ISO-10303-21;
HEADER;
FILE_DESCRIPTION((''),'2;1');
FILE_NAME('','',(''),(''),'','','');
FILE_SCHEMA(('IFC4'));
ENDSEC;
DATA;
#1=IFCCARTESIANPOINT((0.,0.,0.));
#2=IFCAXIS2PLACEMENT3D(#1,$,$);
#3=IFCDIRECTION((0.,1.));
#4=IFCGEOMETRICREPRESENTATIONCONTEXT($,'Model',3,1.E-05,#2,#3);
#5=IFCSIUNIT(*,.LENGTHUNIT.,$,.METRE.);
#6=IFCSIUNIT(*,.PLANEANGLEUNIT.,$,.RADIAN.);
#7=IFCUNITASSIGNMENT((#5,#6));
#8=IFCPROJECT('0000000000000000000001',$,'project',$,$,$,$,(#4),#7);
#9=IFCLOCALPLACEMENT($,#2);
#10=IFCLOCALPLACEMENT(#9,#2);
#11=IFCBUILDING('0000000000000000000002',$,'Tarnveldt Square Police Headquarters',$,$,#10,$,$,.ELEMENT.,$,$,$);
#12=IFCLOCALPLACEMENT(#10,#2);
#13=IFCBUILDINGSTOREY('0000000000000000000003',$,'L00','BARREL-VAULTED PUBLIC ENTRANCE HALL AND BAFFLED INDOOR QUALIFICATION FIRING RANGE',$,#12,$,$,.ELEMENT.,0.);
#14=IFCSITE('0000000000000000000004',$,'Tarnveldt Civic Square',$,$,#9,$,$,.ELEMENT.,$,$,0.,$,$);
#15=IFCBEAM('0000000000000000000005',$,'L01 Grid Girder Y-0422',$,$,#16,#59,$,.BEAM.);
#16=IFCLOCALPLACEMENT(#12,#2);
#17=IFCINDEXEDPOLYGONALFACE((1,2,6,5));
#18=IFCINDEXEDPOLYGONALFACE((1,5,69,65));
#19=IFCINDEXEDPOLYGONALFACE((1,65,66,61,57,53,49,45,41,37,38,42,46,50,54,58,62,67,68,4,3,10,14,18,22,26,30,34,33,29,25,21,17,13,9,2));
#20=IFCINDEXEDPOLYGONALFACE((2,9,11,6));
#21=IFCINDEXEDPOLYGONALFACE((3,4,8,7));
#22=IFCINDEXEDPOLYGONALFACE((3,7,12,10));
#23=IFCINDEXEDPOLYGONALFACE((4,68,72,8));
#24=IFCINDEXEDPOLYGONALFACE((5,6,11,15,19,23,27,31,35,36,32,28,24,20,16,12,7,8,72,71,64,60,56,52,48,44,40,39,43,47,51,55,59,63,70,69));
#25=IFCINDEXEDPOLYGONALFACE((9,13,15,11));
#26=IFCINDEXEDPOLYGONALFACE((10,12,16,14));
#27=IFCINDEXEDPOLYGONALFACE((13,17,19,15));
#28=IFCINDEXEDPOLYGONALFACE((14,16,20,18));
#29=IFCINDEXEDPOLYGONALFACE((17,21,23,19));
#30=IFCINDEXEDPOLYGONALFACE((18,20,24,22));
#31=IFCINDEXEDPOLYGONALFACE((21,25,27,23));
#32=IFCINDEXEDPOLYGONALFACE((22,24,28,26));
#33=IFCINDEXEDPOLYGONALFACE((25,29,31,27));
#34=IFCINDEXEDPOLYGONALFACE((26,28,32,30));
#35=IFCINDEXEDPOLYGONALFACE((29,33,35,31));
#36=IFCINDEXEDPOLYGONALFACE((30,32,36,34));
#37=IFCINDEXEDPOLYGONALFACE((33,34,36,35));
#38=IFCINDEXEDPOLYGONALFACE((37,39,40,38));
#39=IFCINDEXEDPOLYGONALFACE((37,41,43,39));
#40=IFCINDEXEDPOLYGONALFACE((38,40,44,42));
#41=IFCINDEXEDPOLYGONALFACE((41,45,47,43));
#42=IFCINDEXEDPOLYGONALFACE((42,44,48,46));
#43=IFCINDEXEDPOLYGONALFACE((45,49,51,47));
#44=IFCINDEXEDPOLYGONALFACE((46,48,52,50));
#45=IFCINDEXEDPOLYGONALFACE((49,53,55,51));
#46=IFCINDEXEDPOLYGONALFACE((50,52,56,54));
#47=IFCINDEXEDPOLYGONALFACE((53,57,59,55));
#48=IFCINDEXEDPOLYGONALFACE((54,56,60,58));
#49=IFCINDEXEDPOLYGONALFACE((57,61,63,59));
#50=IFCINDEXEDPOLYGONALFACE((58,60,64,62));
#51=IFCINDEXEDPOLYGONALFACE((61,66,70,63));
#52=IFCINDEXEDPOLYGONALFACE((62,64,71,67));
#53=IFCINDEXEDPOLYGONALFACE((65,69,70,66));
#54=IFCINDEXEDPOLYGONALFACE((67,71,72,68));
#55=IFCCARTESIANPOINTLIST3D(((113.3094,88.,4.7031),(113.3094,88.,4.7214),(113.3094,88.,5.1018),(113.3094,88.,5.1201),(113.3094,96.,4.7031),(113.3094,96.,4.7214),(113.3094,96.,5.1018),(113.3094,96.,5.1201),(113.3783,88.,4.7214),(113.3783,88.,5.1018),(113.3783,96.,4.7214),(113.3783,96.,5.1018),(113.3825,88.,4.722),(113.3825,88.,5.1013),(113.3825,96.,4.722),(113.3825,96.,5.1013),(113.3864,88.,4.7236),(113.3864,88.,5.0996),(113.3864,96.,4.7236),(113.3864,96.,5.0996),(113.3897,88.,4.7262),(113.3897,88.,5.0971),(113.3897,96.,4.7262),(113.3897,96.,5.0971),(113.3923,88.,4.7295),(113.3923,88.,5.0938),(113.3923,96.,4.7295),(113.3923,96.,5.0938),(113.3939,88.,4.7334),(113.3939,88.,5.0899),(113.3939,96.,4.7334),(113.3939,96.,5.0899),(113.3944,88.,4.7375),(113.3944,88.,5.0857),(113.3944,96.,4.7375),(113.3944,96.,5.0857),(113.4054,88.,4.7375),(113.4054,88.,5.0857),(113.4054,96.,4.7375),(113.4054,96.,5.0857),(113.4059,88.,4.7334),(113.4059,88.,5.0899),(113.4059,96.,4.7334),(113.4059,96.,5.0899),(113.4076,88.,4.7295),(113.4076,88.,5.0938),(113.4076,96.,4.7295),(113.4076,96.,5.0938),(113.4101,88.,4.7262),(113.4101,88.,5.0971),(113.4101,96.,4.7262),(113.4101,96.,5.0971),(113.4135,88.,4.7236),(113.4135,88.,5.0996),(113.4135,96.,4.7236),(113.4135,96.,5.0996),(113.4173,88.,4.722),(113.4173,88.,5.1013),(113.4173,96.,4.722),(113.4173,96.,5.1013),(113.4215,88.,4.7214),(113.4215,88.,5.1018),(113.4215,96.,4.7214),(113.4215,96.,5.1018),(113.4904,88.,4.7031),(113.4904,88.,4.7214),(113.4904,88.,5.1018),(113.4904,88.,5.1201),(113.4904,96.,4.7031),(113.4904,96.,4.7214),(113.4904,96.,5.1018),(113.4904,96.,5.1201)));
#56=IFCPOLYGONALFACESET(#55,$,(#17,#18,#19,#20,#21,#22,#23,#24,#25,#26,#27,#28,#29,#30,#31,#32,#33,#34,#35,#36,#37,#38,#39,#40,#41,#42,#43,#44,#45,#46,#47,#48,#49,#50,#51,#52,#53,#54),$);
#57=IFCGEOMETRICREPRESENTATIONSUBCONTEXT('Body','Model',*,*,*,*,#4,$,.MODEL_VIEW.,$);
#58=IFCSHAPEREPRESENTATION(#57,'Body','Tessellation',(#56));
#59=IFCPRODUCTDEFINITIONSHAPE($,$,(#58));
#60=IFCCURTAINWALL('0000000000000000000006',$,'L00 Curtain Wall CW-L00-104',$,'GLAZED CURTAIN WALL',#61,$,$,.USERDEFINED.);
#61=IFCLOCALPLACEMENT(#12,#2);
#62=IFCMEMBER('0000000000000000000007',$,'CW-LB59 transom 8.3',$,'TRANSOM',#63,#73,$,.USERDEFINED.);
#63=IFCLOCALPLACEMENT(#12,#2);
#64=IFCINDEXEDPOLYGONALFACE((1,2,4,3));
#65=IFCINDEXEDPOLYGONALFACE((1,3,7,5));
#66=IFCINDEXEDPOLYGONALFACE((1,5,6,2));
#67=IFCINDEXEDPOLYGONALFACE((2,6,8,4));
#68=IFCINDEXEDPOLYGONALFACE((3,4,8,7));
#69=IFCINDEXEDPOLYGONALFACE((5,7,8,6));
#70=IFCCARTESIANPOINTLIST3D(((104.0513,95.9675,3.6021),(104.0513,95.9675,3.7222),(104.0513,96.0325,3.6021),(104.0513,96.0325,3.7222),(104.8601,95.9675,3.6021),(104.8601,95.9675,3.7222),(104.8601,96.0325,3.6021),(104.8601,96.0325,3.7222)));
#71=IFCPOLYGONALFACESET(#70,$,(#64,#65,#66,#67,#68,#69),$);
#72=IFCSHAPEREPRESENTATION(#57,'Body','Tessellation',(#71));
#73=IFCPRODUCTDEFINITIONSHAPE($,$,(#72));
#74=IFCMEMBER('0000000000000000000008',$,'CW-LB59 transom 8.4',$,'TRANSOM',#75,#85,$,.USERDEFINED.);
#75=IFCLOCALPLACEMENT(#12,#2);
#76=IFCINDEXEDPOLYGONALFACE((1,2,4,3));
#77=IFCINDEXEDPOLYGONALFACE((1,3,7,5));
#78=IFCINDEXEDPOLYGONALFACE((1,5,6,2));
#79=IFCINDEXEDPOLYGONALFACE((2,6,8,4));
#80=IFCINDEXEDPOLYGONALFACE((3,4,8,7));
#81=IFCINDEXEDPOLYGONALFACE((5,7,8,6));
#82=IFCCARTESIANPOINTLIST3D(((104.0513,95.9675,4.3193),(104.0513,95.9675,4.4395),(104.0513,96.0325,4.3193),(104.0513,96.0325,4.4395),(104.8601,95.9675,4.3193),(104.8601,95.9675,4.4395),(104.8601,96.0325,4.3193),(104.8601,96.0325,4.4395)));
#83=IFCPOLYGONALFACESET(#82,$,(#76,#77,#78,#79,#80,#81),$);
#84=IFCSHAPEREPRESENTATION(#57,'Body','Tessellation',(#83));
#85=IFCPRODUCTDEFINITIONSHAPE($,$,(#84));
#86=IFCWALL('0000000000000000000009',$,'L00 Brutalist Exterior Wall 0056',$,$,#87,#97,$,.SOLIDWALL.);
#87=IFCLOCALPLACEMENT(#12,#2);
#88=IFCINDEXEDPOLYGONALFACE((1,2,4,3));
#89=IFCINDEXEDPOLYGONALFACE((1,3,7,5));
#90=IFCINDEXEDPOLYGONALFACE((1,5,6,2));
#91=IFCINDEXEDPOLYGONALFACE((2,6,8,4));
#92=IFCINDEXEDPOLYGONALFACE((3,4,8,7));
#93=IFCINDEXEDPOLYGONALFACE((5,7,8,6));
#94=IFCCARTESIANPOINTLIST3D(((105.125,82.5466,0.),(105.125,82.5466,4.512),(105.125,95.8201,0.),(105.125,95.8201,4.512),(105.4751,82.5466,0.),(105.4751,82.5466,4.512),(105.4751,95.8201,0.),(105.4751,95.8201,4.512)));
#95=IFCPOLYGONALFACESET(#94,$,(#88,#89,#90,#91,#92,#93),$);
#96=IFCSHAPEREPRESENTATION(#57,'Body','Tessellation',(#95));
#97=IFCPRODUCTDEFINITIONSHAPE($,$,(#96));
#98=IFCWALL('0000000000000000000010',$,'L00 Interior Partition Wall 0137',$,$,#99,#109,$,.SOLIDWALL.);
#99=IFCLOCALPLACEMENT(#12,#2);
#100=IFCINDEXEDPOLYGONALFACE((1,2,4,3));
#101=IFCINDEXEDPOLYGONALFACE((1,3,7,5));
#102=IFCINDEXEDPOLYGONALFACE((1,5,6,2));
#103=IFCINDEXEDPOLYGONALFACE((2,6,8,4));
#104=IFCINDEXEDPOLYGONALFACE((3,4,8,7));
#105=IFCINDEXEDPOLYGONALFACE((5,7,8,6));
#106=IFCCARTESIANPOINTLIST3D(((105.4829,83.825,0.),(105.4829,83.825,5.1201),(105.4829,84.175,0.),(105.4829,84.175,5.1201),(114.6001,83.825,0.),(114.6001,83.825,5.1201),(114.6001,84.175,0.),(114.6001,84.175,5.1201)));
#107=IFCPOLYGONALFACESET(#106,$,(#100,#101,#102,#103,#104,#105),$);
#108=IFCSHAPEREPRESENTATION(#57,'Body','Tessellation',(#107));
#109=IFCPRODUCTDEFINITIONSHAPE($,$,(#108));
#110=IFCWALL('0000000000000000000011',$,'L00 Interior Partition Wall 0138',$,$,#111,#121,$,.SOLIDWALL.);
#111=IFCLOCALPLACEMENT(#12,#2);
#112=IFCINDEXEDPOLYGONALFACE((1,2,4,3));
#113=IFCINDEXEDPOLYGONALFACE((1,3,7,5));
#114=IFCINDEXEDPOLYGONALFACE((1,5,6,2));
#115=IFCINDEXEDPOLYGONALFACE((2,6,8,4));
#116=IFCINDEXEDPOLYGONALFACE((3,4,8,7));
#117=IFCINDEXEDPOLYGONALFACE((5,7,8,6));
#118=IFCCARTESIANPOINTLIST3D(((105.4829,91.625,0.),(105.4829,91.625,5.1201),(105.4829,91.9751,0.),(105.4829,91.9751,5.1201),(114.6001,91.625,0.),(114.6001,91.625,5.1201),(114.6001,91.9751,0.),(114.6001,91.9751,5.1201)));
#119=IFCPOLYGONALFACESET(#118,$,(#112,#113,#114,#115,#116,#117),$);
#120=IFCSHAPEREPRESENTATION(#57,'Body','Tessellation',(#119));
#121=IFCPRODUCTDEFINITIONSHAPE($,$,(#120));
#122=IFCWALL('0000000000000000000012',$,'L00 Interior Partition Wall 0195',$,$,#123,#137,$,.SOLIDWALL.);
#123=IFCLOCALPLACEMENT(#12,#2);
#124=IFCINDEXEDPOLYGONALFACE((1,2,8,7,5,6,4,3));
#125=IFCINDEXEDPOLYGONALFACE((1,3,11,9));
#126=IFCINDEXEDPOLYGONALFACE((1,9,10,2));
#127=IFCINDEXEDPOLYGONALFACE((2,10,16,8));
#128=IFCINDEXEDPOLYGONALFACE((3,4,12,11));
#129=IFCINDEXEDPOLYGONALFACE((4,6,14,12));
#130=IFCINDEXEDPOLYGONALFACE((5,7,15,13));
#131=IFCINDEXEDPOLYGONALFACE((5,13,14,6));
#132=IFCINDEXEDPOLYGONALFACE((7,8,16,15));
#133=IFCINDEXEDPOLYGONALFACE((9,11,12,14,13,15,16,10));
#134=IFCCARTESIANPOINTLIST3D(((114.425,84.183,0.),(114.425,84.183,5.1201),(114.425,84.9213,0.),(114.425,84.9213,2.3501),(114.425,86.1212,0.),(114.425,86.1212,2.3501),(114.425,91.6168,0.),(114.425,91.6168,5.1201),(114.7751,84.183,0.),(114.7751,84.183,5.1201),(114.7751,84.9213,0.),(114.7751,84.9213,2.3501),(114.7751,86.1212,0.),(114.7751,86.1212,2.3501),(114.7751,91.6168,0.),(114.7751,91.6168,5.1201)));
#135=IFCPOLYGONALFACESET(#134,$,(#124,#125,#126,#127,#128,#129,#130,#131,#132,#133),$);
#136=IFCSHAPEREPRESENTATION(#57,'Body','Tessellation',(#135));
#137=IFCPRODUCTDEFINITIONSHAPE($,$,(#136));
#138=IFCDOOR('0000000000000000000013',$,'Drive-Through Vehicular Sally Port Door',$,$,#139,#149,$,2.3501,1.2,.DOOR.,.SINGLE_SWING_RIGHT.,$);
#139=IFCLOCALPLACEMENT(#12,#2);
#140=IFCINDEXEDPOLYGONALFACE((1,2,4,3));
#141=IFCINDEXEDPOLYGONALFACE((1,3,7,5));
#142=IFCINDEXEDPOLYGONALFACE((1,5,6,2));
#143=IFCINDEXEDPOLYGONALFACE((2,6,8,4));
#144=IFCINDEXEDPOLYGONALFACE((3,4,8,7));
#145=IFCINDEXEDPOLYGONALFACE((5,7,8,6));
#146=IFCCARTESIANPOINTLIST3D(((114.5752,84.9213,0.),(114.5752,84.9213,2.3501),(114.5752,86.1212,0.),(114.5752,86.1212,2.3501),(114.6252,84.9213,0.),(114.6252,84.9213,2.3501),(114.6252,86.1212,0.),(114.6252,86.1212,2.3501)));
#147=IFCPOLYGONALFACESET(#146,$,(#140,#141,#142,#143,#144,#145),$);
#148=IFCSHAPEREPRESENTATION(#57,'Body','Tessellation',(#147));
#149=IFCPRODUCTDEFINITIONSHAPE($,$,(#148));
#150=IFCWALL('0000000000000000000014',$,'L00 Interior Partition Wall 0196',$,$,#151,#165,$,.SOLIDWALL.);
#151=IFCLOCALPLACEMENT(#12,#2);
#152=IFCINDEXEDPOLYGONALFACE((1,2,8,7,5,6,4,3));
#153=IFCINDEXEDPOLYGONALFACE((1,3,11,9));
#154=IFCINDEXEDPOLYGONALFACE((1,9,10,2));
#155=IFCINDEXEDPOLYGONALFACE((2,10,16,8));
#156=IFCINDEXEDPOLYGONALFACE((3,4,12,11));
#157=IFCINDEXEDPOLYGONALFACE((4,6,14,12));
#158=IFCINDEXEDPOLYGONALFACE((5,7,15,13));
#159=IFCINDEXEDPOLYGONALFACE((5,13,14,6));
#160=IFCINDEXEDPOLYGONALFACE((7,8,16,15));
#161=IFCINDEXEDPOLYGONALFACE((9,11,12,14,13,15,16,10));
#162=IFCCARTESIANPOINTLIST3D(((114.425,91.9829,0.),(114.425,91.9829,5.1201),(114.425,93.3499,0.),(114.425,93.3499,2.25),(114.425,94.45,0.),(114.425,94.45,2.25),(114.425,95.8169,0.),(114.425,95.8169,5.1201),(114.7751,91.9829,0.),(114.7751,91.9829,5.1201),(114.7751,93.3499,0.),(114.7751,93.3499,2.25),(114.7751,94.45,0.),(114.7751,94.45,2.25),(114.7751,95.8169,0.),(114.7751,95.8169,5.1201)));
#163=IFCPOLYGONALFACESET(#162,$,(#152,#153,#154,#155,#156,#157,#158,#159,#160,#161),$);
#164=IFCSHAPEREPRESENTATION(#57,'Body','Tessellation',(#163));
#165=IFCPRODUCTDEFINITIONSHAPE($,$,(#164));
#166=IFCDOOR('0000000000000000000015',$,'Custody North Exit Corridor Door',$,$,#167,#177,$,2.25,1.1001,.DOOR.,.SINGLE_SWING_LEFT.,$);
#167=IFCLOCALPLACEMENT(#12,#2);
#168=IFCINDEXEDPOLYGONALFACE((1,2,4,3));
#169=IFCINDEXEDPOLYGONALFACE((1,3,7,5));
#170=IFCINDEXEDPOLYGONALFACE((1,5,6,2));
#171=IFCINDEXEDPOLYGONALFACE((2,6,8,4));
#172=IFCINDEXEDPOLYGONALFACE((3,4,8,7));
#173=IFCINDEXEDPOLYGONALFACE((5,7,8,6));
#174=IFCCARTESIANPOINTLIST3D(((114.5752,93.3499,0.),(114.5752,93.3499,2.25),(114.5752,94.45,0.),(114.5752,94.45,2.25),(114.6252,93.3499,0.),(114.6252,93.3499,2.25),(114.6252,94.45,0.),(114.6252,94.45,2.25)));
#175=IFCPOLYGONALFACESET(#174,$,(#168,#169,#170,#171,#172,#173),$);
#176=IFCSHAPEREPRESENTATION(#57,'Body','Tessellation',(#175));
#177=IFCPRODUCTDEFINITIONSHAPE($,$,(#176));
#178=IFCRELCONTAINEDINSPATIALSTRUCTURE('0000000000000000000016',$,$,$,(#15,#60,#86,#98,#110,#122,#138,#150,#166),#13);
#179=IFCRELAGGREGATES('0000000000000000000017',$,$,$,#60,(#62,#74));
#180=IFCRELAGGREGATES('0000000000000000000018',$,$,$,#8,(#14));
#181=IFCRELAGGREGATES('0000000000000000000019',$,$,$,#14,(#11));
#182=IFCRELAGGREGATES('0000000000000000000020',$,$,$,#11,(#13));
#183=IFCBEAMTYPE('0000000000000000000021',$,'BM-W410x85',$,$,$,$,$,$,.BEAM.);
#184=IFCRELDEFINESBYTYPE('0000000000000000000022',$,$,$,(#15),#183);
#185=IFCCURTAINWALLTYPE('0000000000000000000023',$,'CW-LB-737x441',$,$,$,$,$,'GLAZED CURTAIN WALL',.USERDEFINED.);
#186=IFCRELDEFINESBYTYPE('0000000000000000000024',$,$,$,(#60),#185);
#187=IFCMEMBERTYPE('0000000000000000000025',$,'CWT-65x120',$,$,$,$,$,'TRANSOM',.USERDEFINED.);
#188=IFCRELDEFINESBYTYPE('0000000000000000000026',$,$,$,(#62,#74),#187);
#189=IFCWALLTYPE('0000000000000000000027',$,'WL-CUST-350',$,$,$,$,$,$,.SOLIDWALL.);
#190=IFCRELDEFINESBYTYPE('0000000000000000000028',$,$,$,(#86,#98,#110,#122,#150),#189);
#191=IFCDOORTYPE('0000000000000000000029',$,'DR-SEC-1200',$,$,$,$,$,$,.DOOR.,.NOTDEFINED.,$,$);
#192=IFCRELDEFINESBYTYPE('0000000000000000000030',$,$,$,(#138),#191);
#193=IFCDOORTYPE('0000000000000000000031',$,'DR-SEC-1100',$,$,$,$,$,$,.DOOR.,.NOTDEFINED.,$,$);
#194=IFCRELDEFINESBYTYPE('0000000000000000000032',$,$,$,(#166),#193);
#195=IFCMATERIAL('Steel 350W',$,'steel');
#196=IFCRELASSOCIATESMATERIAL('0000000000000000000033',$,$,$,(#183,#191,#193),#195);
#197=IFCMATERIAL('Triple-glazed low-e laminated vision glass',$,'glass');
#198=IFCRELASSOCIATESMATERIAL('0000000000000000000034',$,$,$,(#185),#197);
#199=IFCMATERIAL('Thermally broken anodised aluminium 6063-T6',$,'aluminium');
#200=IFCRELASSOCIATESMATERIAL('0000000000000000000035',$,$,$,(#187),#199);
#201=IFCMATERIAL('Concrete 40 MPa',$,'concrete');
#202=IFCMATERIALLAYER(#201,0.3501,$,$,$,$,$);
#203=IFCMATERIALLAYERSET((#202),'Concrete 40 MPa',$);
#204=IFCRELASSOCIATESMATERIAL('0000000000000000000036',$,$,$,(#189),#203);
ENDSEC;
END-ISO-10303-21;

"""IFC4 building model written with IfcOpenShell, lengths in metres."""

from ifc_helpers import new_model, si_unit, direction, frame, frame_2d, origin, origin_2d, place, context, subcontext, project, spatial, rectangle, i_section, extrude, material, layer, layer_set, material_profile, profile_set, type_object, element, fill, aggregate, save


model = new_model("IFC4")

# Units and contexts
model_context = context("Model", 3, precision=1e-05, world=origin(), true_north=direction((0.0, 1.0)))
body_context = subcontext(model_context, "Body", "Model", "MODEL_VIEW")
ifc_project = project(units=[si_unit("LENGTHUNIT", "METRE"), si_unit("PLANEANGLEUNIT", "RADIAN")], contexts=[model_context])

# Site, building, storey
site_placement = place(None, origin())
site = spatial("IfcSite", under=ifc_project, at=site_placement, Name="Tarnveldt Civic Square", CompositionType="ELEMENT", RefElevation=0.0)
building_placement = place(site_placement, origin())
building = spatial("IfcBuilding", under=site, at=building_placement, Name="Tarnveldt Square Police Headquarters", CompositionType="ELEMENT")
storey_placement = place(building_placement, origin())
storey = spatial("IfcBuildingStorey", under=building, at=storey_placement, Name="L00", Description="BARREL-VAULTED PUBLIC ENTRANCE HALL AND BAFFLED INDOOR QUALIFICATION FIRING RANGE", CompositionType="ELEMENT", Elevation=0.0)

# Beam
ifc_material_1 = material(Name="Concrete 40 MPa", Category="concrete")
ifc_material_2 = material(Name="Steel 350W", Category="steel")
ifc_material_profile_1 = material_profile(ifc_material_2, i_section(OverallWidth=0.1809, OverallDepth=0.417, WebThickness=0.011, FlangeThickness=0.0183, FilletRadius=0.0161, at=origin_2d()), Name="W410x85")
ifc_profile_set_1 = profile_set([ifc_material_profile_1], Name="Steel 350W")
beam_type_1 = type_object("IfcBeamType", Name="BM-W410x85", PredefinedType="BEAM", material=ifc_profile_set_1)
for number, where, z_axis, x_axis, name in (
    (1, (113.3999, 88.0, 4.9116), (0.0, 1.0, 0.0), (-1.0, 0.0, 0.0), "L01 Grid Girder Y-0422"),
):
    element("IfcBeam", number, at=place(storey_placement, frame(where, z_axis=z_axis, x_axis=x_axis)), inside=storey, type_object=beam_type_1, Name=name, PredefinedType="BEAM", context=body_context, shape_type="SweptSolid", body=[
        extrude(i_section(OverallWidth=0.1809, OverallDepth=0.417, WebThickness=0.011, FlangeThickness=0.0183, FilletRadius=0.0161, at=origin_2d()), origin(), (0.0, 0.0, 1.0), 8.0),
    ])

# Curtain wall, members
ifc_material_3 = material(Name="Triple-glazed low-e laminated vision glass", Category="glass")
curtain_wall_type = type_object("IfcCurtainWallType", Name="CW-LB-737x441", ElementType="GLAZED CURTAIN WALL", PredefinedType="USERDEFINED", material=ifc_material_3)
curtain_wall_placement = place(storey_placement, origin())
curtain_wall = element("IfcCurtainWall", 2, at=curtain_wall_placement, inside=storey, type_object=curtain_wall_type, Name="L00 Curtain Wall CW-L00-104", ObjectType="GLAZED CURTAIN WALL", PredefinedType="USERDEFINED")
ifc_material_4 = material(Name="Thermally broken anodised aluminium 6063-T6", Category="aluminium")
ifc_material_profile_2 = material_profile(ifc_material_4, rectangle(XDim=0.0649, YDim=0.1201, at=origin_2d()), Name="CW-T65x120")
ifc_profile_set_2 = profile_set([ifc_material_profile_2], Name="Thermally broken anodised aluminium 6063-T6")
member_type = type_object("IfcMemberType", Name="CWT-65x120", ElementType="TRANSOM", PredefinedType="USERDEFINED", material=ifc_profile_set_2)
member_1_placement = place(storey_placement, frame((104.0513, 96.0, 3.6621), z_axis=(1.0, 0.0, 0.0), x_axis=(0.0, 1.0, 0.0)))
member_1 = element("IfcMember", 3, at=member_1_placement, type_object=member_type, Name="CW-LB59 transom 8.3", ObjectType="TRANSOM", PredefinedType="USERDEFINED", context=body_context, shape_type="SweptSolid", body=[
    extrude(rectangle(XDim=0.0649, YDim=0.1201, at=origin_2d()), origin(), (0.0, 0.0, 1.0), 0.8088),
])
member_2_placement = place(storey_placement, frame((104.0513, 96.0, 4.3794), z_axis=(1.0, 0.0, 0.0), x_axis=(0.0, 1.0, 0.0)))
member_2 = element("IfcMember", 4, at=member_2_placement, type_object=member_type, Name="CW-LB59 transom 8.4", ObjectType="TRANSOM", PredefinedType="USERDEFINED", context=body_context, shape_type="SweptSolid", body=[
    extrude(rectangle(XDim=0.0649, YDim=0.1201, at=origin_2d()), origin(), (0.0, 0.0, 1.0), 0.8088),
])
aggregate(curtain_wall, [member_1, member_2])

# Walls
ifc_layer = layer(ifc_material_1, 0.3501)
ifc_layer_set = layer_set([ifc_layer], Name="Concrete 40 MPa")
wall_type = type_object("IfcWallType", Name="WL-CUST-350", PredefinedType="SOLIDWALL", material=ifc_layer_set)
wall_1_placement = place(storey_placement, frame((105.3, 95.8201, 0.0), z_axis=(0.0, 0.0, 1.0), x_axis=(0.0, -1.0, 0.0)))
element("IfcWall", 5, at=wall_1_placement, inside=storey, type_object=wall_type, Name="L00 Brutalist Exterior Wall 0056", PredefinedType="SOLIDWALL", context=body_context, shape_type="SweptSolid", body=[
    extrude(rectangle(XDim=13.2734, YDim=0.3501, at=frame_2d((6.6367, 0.0))), origin(), (0.0, 0.0, 1.0), 4.512),
])
for number, where, z_axis, x_axis, name in (
    (6, (105.4829, 84.0, 0.0), (0.0, 0.0, 1.0), (1.0, 0.0, 0.0), "L00 Interior Partition Wall 0137"),
    (7, (105.4829, 91.8, 0.0), (0.0, 0.0, 1.0), (1.0, 0.0, 0.0), "L00 Interior Partition Wall 0138"),
):
    element("IfcWall", number, at=place(storey_placement, frame(where, z_axis=z_axis, x_axis=x_axis)), inside=storey, type_object=wall_type, Name=name, PredefinedType="SOLIDWALL", context=body_context, shape_type="SweptSolid", body=[
        extrude(rectangle(XDim=9.1172, YDim=0.3501, at=frame_2d((4.5586, 0.0))), origin(), (0.0, 0.0, 1.0), 5.1201),
    ])

# Walls, openings, doors
wall_2_placement = place(storey_placement, frame((114.6001, 84.1831, 0.0), z_axis=(0.0, 0.0, 1.0), x_axis=(0.0, 1.0, 0.0)))
wall_2 = element("IfcWall", 8, at=wall_2_placement, inside=storey, type_object=wall_type, Name="L00 Interior Partition Wall 0195", PredefinedType="SOLIDWALL", context=body_context, shape_type="SweptSolid", body=[
    extrude(rectangle(XDim=7.4338, YDim=0.3501, at=frame_2d((3.7168, 0.0))), origin(), (0.0, 0.0, 1.0), 5.1201),
])
opening_1_placement = place(wall_2_placement, frame((0.738, 0.0, 0.0)))
opening_1 = element("IfcOpeningElement", 9, at=opening_1_placement, cuts=wall_2, PredefinedType="OPENING", context=body_context, shape_type="SweptSolid", body=[
    extrude(rectangle(XDim=1.2, YDim=2.3501, at=frame_2d((0.6001, 1.175))), frame((0.0, 0.1851, 0.0), z_axis=(0.0, -1.0, 0.0), x_axis=(1.0, 0.0, 0.0)), (0.0, 0.0, 1.0), 0.3701),
])
door_type_1 = type_object("IfcDoorType", Name="DR-SEC-1200", OperationType="NOTDEFINED", PredefinedType="DOOR", material=ifc_material_2)
door_1_placement = place(opening_1_placement, origin())
door_1 = element("IfcDoor", 10, at=door_1_placement, inside=storey, type_object=door_type_1, Name="Drive-Through Vehicular Sally Port Door", OperationType="SINGLE_SWING_RIGHT", OverallHeight=2.3501, OverallWidth=1.2, PredefinedType="DOOR", context=body_context, shape_type="SweptSolid", body=[
    extrude(rectangle(XDim=1.2, YDim=2.3501, at=frame_2d((0.6001, 1.175))), frame((0.0, 0.0249, 0.0), z_axis=(0.0, -1.0, 0.0), x_axis=(1.0, 0.0, 0.0)), (0.0, 0.0, 1.0), 0.05),
])
fill(opening_1, door_1)
wall_3_placement = place(storey_placement, frame((114.6001, 91.9829, 0.0), z_axis=(0.0, 0.0, 1.0), x_axis=(0.0, 1.0, 0.0)))
wall_3 = element("IfcWall", 11, at=wall_3_placement, inside=storey, type_object=wall_type, Name="L00 Interior Partition Wall 0196", PredefinedType="SOLIDWALL", context=body_context, shape_type="SweptSolid", body=[
    extrude(rectangle(XDim=3.834, YDim=0.3501, at=frame_2d((1.917, 0.0))), origin(), (0.0, 0.0, 1.0), 5.1201),
])
opening_2_placement = place(wall_3_placement, frame((1.3669, 0.0, 0.0)))
opening_2 = element("IfcOpeningElement", 12, at=opening_2_placement, cuts=wall_3, PredefinedType="OPENING", context=body_context, shape_type="SweptSolid", body=[
    extrude(rectangle(XDim=1.1001, YDim=2.25, at=frame_2d((0.55, 1.125))), frame((0.0, 0.1851, 0.0), z_axis=(0.0, -1.0, 0.0), x_axis=(1.0, 0.0, 0.0)), (0.0, 0.0, 1.0), 0.3701),
])
door_type_2 = type_object("IfcDoorType", Name="DR-SEC-1100", OperationType="NOTDEFINED", PredefinedType="DOOR", material=ifc_material_2)
door_2_placement = place(opening_2_placement, origin())
door_2 = element("IfcDoor", 13, at=door_2_placement, inside=storey, type_object=door_type_2, Name="Custody North Exit Corridor Door", OperationType="SINGLE_SWING_LEFT", OverallHeight=2.25, OverallWidth=1.1001, PredefinedType="DOOR", context=body_context, shape_type="SweptSolid", body=[
    extrude(rectangle(XDim=1.1001, YDim=2.25, at=frame_2d((0.55, 1.125))), frame((0.0, 0.0249, 0.0), z_axis=(0.0, -1.0, 0.0), x_axis=(1.0, 0.0, 0.0)), (0.0, 0.0, 1.0), 0.05),
])
fill(opening_2, door_2)

save(model, "model.ifc")
